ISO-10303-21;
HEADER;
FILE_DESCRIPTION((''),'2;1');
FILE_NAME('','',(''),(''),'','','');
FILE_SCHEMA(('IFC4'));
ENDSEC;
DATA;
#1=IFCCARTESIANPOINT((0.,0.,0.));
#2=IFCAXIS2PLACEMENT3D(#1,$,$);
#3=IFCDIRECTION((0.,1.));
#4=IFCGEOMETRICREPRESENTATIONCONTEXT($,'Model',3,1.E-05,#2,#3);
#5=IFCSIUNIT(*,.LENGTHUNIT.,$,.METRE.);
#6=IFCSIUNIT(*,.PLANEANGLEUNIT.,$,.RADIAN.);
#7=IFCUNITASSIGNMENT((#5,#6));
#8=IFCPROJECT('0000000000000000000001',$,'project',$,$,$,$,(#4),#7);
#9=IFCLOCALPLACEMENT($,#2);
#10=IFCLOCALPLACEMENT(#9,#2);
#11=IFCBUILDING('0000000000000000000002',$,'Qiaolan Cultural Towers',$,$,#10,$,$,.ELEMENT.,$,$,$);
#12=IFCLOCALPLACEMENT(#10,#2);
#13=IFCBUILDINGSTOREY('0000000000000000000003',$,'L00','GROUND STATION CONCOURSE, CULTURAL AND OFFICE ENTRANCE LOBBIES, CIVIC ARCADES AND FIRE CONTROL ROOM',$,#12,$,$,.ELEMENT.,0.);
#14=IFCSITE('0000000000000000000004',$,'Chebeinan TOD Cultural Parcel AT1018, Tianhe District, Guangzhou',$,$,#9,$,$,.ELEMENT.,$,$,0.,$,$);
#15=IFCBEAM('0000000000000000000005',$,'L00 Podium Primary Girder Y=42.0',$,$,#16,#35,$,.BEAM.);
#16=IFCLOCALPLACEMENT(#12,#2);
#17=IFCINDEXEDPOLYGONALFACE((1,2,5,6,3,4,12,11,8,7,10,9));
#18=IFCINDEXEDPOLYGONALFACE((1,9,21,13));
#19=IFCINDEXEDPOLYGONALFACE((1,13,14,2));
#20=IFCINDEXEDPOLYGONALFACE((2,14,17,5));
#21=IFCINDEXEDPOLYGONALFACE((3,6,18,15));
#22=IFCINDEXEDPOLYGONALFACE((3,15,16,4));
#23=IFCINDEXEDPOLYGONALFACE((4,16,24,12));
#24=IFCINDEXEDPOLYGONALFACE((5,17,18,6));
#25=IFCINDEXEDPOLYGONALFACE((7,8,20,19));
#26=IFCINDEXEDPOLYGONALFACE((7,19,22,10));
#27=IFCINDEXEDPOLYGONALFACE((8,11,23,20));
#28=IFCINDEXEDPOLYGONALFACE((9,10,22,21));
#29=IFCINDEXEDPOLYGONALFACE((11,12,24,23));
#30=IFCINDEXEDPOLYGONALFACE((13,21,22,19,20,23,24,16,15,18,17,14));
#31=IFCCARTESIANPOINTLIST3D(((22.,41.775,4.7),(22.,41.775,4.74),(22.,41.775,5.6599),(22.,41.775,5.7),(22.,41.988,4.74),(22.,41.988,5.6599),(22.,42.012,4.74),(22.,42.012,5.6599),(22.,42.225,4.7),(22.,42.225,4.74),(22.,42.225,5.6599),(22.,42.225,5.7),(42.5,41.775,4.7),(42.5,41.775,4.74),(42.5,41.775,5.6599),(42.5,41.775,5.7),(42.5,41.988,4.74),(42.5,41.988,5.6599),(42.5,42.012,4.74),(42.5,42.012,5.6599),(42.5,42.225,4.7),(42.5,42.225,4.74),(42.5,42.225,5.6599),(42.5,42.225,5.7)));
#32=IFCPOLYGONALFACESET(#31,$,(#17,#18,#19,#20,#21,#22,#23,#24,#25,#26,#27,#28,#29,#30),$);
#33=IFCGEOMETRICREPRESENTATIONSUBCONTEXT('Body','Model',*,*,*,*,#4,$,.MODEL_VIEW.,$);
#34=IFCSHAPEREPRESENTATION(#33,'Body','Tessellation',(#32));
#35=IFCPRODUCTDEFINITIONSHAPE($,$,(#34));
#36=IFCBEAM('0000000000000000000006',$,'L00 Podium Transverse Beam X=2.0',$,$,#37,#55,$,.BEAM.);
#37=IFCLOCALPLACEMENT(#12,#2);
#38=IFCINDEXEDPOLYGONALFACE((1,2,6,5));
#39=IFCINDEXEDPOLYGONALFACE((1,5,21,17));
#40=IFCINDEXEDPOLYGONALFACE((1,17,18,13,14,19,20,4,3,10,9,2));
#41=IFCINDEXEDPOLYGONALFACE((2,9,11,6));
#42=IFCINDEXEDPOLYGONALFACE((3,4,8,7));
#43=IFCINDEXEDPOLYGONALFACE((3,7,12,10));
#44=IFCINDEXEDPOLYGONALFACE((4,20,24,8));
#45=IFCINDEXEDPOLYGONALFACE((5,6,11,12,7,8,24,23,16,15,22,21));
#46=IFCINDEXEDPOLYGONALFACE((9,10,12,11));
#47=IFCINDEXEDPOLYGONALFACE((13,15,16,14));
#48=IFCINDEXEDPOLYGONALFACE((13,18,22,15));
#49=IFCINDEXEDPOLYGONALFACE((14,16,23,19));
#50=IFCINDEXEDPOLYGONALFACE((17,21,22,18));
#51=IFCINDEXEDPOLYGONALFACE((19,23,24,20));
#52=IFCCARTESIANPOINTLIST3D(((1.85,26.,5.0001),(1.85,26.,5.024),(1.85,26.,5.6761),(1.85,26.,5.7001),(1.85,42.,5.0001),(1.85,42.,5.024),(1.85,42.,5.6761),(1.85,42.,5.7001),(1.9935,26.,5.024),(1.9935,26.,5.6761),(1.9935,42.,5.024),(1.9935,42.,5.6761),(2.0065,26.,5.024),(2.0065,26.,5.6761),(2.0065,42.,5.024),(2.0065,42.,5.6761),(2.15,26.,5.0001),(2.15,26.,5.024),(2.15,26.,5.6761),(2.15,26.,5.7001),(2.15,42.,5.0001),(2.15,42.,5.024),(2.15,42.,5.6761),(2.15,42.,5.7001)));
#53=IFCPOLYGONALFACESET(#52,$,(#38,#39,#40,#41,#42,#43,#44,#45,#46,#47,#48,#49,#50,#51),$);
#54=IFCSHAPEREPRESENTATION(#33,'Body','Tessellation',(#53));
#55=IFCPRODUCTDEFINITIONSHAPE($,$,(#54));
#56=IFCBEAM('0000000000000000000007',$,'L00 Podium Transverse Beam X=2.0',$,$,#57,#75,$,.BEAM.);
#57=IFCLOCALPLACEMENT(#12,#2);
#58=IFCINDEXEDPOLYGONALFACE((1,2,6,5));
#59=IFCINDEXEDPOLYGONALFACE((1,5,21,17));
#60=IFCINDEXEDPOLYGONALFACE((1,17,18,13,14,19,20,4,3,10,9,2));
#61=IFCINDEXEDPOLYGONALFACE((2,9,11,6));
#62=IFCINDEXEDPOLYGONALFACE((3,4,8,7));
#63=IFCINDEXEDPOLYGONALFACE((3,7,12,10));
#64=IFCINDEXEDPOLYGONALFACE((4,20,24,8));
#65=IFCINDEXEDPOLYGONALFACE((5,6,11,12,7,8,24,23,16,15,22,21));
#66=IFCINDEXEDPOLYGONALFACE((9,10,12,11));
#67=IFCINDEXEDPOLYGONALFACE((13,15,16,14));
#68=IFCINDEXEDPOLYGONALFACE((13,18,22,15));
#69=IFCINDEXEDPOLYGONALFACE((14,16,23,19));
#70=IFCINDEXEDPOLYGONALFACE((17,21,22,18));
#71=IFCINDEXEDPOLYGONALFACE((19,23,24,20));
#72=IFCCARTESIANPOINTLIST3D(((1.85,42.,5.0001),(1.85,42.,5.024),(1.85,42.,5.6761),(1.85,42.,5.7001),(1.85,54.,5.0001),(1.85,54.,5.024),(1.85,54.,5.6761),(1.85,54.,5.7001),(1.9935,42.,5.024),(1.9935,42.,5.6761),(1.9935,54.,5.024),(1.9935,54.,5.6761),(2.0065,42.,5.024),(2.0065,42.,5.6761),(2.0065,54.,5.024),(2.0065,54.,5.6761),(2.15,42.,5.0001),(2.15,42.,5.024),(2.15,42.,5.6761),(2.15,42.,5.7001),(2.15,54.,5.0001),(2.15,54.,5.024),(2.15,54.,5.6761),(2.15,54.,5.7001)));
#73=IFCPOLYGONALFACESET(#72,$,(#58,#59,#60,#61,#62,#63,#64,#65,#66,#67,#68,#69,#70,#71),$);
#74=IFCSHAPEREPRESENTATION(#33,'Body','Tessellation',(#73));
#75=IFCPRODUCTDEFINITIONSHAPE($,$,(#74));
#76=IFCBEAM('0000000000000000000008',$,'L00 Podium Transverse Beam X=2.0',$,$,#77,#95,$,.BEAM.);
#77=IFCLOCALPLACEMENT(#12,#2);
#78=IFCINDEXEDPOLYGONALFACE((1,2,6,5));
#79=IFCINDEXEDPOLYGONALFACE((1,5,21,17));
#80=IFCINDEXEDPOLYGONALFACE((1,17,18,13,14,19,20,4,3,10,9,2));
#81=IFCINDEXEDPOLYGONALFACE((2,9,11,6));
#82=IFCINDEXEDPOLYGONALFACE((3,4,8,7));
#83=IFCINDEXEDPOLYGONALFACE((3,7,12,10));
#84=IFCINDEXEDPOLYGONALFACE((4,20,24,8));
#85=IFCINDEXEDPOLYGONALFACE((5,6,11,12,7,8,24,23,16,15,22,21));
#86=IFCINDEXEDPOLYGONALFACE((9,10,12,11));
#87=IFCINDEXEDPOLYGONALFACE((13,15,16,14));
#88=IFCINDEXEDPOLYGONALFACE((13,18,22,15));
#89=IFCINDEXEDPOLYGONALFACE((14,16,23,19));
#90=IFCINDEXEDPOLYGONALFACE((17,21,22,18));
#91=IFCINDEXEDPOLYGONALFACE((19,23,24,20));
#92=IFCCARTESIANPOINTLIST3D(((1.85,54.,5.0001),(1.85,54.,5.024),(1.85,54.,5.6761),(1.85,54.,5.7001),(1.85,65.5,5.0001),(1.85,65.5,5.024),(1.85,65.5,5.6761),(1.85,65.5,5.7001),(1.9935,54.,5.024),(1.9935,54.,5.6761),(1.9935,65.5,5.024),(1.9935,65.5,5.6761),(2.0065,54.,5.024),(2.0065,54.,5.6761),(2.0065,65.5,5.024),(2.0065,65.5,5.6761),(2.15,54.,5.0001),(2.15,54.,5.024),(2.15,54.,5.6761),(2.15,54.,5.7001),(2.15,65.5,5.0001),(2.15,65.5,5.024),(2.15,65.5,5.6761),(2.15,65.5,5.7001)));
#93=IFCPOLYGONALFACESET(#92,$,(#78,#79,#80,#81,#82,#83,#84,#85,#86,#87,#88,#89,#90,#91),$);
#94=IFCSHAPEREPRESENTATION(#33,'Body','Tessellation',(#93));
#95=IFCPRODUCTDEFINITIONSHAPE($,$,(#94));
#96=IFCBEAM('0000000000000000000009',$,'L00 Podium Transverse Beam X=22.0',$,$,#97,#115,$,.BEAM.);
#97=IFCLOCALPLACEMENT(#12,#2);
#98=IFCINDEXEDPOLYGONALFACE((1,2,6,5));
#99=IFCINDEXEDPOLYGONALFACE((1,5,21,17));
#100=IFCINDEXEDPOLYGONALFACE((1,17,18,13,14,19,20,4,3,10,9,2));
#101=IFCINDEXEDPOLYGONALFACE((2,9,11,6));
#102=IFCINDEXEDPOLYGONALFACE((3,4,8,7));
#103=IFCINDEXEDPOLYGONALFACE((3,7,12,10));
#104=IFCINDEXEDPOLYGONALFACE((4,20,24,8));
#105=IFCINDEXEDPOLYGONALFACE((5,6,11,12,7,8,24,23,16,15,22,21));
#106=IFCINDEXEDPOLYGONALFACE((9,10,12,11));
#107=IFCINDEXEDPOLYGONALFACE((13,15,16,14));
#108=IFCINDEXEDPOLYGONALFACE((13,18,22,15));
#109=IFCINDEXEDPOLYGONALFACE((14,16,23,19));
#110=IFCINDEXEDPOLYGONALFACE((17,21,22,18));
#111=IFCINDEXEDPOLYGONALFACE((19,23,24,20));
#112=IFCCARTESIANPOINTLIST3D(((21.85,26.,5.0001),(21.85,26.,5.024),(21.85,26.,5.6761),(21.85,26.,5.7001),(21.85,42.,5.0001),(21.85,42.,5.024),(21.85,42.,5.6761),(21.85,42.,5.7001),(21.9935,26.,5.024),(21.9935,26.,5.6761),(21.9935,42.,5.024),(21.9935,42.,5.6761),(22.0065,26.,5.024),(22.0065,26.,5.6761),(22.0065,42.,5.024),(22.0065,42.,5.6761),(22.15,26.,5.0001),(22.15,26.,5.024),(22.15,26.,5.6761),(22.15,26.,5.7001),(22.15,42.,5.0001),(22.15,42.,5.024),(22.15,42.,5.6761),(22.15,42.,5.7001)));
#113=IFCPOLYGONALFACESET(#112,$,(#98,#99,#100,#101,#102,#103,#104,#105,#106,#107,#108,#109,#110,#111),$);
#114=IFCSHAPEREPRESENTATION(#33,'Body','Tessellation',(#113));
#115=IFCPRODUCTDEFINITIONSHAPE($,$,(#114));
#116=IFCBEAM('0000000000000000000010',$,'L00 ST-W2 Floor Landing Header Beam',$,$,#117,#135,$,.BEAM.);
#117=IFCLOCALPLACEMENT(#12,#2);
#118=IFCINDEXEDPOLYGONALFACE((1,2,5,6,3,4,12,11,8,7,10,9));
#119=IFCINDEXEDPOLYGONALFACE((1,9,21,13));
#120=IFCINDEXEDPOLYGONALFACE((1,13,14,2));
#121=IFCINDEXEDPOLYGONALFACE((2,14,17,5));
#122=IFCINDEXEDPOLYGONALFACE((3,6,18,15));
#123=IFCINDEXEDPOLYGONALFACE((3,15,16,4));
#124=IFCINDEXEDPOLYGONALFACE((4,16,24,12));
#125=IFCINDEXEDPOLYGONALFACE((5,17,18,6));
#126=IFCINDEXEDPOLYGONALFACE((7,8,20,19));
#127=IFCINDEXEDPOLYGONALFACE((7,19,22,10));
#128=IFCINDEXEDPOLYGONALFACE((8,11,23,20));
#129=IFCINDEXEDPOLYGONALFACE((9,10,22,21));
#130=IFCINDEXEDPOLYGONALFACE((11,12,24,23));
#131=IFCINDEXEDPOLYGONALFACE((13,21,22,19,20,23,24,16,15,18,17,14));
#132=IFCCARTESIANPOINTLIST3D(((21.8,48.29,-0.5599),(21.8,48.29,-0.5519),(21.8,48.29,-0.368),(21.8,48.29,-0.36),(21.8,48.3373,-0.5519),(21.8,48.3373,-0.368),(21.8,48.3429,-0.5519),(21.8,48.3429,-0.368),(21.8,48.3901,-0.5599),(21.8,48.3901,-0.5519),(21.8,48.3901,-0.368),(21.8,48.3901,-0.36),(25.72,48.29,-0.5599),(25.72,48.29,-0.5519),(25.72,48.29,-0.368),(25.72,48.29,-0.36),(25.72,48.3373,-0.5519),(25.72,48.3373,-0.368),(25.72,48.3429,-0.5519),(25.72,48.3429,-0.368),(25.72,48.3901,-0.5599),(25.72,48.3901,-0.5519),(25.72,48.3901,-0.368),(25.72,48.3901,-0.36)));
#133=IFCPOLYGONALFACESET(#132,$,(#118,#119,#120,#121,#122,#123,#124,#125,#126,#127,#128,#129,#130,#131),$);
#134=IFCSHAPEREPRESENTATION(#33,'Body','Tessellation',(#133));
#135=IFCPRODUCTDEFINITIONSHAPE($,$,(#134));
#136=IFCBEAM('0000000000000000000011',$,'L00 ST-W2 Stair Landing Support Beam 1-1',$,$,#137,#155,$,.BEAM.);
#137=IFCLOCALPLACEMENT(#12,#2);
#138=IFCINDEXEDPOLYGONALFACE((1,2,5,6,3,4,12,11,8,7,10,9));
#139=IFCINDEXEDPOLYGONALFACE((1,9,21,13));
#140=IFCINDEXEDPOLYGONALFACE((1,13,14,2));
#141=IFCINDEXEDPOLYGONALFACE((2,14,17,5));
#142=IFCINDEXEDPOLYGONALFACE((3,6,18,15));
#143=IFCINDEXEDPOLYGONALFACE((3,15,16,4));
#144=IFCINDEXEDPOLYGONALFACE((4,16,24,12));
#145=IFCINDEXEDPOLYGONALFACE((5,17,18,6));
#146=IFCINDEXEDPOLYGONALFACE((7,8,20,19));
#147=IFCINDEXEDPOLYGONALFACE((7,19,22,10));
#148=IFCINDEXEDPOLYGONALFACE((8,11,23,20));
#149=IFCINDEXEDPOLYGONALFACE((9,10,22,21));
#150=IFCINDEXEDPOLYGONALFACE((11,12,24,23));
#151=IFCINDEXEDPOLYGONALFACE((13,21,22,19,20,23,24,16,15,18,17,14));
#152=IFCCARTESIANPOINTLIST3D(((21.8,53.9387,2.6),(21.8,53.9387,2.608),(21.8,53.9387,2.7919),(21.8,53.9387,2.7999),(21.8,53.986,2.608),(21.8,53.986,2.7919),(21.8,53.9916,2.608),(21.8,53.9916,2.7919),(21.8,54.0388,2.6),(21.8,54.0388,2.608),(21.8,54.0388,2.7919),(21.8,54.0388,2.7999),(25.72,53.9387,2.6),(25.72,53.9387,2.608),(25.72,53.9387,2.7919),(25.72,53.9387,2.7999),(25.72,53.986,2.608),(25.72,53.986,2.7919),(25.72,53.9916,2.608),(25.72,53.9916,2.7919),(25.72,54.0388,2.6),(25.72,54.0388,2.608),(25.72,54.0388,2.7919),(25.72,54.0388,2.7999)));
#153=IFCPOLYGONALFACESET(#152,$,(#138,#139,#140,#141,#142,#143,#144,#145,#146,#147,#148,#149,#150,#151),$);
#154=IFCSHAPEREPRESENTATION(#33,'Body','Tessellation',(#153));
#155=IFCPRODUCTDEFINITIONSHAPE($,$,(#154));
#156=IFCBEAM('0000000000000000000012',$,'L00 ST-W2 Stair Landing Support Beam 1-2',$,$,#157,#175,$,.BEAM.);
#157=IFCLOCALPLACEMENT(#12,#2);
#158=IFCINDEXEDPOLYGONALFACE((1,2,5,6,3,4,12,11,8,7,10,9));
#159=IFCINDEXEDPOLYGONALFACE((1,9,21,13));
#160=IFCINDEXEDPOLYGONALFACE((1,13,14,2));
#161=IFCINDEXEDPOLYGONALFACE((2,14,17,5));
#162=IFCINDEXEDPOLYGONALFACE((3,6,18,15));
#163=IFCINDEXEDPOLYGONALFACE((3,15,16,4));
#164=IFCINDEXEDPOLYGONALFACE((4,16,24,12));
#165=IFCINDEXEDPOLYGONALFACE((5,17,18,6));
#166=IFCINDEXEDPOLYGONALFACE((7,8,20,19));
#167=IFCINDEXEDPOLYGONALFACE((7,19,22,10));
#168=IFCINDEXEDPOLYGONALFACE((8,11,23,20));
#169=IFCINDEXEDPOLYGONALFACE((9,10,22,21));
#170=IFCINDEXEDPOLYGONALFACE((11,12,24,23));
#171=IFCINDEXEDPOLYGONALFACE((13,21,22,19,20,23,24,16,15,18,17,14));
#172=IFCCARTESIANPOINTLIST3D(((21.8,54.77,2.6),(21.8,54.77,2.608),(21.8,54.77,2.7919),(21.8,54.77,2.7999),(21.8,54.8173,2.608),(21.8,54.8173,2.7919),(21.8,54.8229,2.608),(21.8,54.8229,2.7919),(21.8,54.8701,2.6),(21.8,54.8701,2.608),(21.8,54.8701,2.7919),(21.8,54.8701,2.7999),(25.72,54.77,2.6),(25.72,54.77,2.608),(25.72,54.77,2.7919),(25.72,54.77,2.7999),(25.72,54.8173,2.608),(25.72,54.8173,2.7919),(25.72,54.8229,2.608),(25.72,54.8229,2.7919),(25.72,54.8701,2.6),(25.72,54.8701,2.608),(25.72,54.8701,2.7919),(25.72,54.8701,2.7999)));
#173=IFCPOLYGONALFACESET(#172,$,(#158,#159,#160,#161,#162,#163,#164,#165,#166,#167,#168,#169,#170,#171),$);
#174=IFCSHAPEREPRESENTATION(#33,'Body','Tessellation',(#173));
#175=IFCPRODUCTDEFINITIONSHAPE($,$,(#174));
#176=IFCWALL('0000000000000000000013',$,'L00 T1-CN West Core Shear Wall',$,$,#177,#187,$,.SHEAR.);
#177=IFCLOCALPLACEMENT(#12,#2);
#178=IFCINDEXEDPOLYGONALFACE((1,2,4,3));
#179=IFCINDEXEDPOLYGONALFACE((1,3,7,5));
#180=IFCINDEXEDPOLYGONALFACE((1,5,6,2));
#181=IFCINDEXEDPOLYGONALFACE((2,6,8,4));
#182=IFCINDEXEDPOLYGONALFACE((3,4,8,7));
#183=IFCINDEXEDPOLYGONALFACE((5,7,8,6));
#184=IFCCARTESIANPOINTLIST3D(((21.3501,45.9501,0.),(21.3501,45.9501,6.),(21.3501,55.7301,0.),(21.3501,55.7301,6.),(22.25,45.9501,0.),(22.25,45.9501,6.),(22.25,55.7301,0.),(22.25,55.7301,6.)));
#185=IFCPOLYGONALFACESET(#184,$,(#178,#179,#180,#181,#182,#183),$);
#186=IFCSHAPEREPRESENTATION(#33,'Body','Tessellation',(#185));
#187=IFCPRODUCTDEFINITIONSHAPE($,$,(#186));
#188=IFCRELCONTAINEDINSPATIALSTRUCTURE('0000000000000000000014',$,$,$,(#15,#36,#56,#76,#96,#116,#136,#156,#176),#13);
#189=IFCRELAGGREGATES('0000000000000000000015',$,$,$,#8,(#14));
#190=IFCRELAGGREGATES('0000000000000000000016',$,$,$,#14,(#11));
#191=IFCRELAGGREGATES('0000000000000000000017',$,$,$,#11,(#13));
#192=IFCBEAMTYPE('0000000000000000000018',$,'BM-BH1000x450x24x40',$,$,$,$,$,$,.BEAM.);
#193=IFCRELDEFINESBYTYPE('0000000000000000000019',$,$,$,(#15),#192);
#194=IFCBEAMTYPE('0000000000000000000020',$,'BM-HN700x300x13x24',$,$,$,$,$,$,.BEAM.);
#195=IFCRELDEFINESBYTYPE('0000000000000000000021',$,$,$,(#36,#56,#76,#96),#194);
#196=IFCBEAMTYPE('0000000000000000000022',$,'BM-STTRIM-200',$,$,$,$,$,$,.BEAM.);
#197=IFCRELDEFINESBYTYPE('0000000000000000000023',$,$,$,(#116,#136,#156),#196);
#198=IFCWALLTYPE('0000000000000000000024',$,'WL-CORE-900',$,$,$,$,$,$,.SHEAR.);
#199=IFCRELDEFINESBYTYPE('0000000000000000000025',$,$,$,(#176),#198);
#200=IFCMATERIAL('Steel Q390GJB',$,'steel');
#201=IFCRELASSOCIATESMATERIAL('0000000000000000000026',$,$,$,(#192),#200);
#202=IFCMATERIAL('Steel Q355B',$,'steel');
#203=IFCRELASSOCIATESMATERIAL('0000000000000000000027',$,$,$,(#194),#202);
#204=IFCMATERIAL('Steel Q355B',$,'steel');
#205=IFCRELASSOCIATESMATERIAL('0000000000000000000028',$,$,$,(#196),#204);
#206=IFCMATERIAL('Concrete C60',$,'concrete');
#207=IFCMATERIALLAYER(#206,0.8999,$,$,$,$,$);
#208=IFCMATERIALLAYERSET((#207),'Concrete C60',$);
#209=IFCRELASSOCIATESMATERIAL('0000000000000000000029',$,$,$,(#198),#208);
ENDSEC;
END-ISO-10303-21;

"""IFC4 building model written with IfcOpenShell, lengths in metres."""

from ifc_helpers import new_model, si_unit, direction, frame, frame_2d, origin, origin_2d, place, context, subcontext, project, spatial, rectangle, i_section, extrude, material, layer, layer_set, material_profile, profile_set, type_object, element, save


model = new_model("IFC4")

# Units and contexts
model_context = context("Model", 3, precision=1e-05, world=origin(), true_north=direction((0.0, 1.0)))
body_context = subcontext(model_context, "Body", "Model", "MODEL_VIEW")
ifc_project = project(units=[si_unit("LENGTHUNIT", "METRE"), si_unit("PLANEANGLEUNIT", "RADIAN")], contexts=[model_context])

# Site, building, storey
site_placement = place(None, origin())
site = spatial("IfcSite", under=ifc_project, at=site_placement, Name="Chebeinan TOD Cultural Parcel AT1018, Tianhe District, Guangzhou", CompositionType="ELEMENT", RefElevation=0.0)
building_placement = place(site_placement, origin())
building = spatial("IfcBuilding", under=site, at=building_placement, Name="Qiaolan Cultural Towers", CompositionType="ELEMENT")
storey_placement = place(building_placement, origin())
storey = spatial("IfcBuildingStorey", under=building, at=storey_placement, Name="L00", Description="GROUND STATION CONCOURSE, CULTURAL AND OFFICE ENTRANCE LOBBIES, CIVIC ARCADES AND FIRE CONTROL ROOM", CompositionType="ELEMENT", Elevation=0.0)

# Beams
ifc_material_1 = material(Name="Steel Q390GJB", Category="steel")
ifc_material_profile_1 = material_profile(ifc_material_1, i_section(OverallWidth=0.45, OverallDepth=1.0, WebThickness=0.0239, FlangeThickness=0.04, at=origin_2d()), Name="BH1000x450x24x40")
ifc_profile_set_1 = profile_set([ifc_material_profile_1], Name="Steel Q390GJB")
beam_type_1 = type_object("IfcBeamType", Name="BM-BH1000x450x24x40", PredefinedType="BEAM", material=ifc_profile_set_1)
beam_1_placement = place(storey_placement, frame((22.0, 42.0, 5.2), z_axis=(1.0, 0.0, 0.0), x_axis=(0.0, 1.0, 0.0)))
element("IfcBeam", 1, at=beam_1_placement, inside=storey, type_object=beam_type_1, Name="L00 Podium Primary Girder Y=42.0", PredefinedType="BEAM", context=body_context, shape_type="SweptSolid", body=[
    extrude(i_section(OverallWidth=0.45, OverallDepth=1.0, WebThickness=0.0239, FlangeThickness=0.04, at=origin_2d()), origin(), (0.0, 0.0, 1.0), 20.5),
])
ifc_material_2 = material(Name="Steel Q355B", Category="steel")
ifc_material_profile_2 = material_profile(ifc_material_2, i_section(OverallWidth=0.3, OverallDepth=0.7, WebThickness=0.0129, FlangeThickness=0.0239, at=origin_2d()), Name="HN700x300x13x24")
ifc_profile_set_2 = profile_set([ifc_material_profile_2], Name="Steel Q355B")
beam_type_2 = type_object("IfcBeamType", Name="BM-HN700x300x13x24", PredefinedType="BEAM", material=ifc_profile_set_2)
beam_2_placement = place(storey_placement, frame((2.0, 26.0, 5.3501), z_axis=(0.0, 1.0, 0.0), x_axis=(-1.0, 0.0, 0.0)))
element("IfcBeam", 2, at=beam_2_placement, inside=storey, type_object=beam_type_2, Name="L00 Podium Transverse Beam X=2.0", PredefinedType="BEAM", context=body_context, shape_type="SweptSolid", body=[
    extrude(i_section(OverallWidth=0.3, OverallDepth=0.7, WebThickness=0.0129, FlangeThickness=0.0239, at=origin_2d()), origin(), (0.0, 0.0, 1.0), 16.0),
])
beam_3_placement = place(storey_placement, frame((2.0, 42.0, 5.3501), z_axis=(0.0, 1.0, 0.0), x_axis=(-1.0, 0.0, 0.0)))
element("IfcBeam", 3, at=beam_3_placement, inside=storey, type_object=beam_type_2, Name="L00 Podium Transverse Beam X=2.0", PredefinedType="BEAM", context=body_context, shape_type="SweptSolid", body=[
    extrude(i_section(OverallWidth=0.3, OverallDepth=0.7, WebThickness=0.0129, FlangeThickness=0.0239, at=origin_2d()), origin(), (0.0, 0.0, 1.0), 12.0),
])
beam_4_placement = place(storey_placement, frame((2.0, 54.0, 5.3501), z_axis=(0.0, 1.0, 0.0), x_axis=(-1.0, 0.0, 0.0)))
element("IfcBeam", 4, at=beam_4_placement, inside=storey, type_object=beam_type_2, Name="L00 Podium Transverse Beam X=2.0", PredefinedType="BEAM", context=body_context, shape_type="SweptSolid", body=[
    extrude(i_section(OverallWidth=0.3, OverallDepth=0.7, WebThickness=0.0129, FlangeThickness=0.0239, at=origin_2d()), origin(), (0.0, 0.0, 1.0), 11.5),
])
beam_5_placement = place(storey_placement, frame((22.0, 26.0, 5.3501), z_axis=(0.0, 1.0, 0.0), x_axis=(-1.0, 0.0, 0.0)))
element("IfcBeam", 5, at=beam_5_placement, inside=storey, type_object=beam_type_2, Name="L00 Podium Transverse Beam X=22.0", PredefinedType="BEAM", context=body_context, shape_type="SweptSolid", body=[
    extrude(i_section(OverallWidth=0.3, OverallDepth=0.7, WebThickness=0.0129, FlangeThickness=0.0239, at=origin_2d()), origin(), (0.0, 0.0, 1.0), 16.0),
])
ifc_material_3 = material(Name="Steel Q355B", Category="steel")
ifc_material_profile_3 = material_profile(ifc_material_3, i_section(OverallWidth=0.1001, OverallDepth=0.2, WebThickness=0.0056, FlangeThickness=0.0081, at=origin_2d()), Name="HN200x100x5.5x8")
ifc_profile_set_3 = profile_set([ifc_material_profile_3], Name="Steel Q355B")
beam_type_3 = type_object("IfcBeamType", Name="BM-STTRIM-200", PredefinedType="BEAM", material=ifc_profile_set_3)
for number, where, z_axis, x_axis, name in (
    (6, (21.8, 48.3401, -0.46), (1.0, 0.0, 0.0), (0.0, 1.0, 0.0), "L00 ST-W2 Floor Landing Header Beam"),
    (7, (21.8, 53.9888, 2.7), (1.0, 0.0, 0.0), (0.0, 1.0, 0.0), "L00 ST-W2 Stair Landing Support Beam 1-1"),
    (8, (21.8, 54.8201, 2.7), (1.0, 0.0, 0.0), (0.0, 1.0, 0.0), "L00 ST-W2 Stair Landing Support Beam 1-2"),
):
    element("IfcBeam", number, at=place(storey_placement, frame(where, z_axis=z_axis, x_axis=x_axis)), inside=storey, type_object=beam_type_3, Name=name, PredefinedType="BEAM", context=body_context, shape_type="SweptSolid", body=[
        extrude(i_section(OverallWidth=0.1001, OverallDepth=0.2, WebThickness=0.0056, FlangeThickness=0.0081, at=origin_2d()), origin(), (0.0, 0.0, 1.0), 3.9199),
    ])

# Wall
ifc_material_4 = material(Name="Concrete C60", Category="concrete")
ifc_layer_1 = layer(ifc_material_4, 0.8999)
ifc_layer_set_1 = layer_set([ifc_layer_1], Name="Concrete C60")
wall_type_1 = type_object("IfcWallType", Name="WL-CORE-900", PredefinedType="SHEAR", material=ifc_layer_set_1)
wall_1_placement = place(storey_placement, frame((21.8, 45.95, 0.0), z_axis=(0.0, 0.0, 1.0), x_axis=(0.0, 1.0, 0.0)))
element("IfcWall", 9, at=wall_1_placement, inside=storey, type_object=wall_type_1, Name="L00 T1-CN West Core Shear Wall", PredefinedType="SHEAR", context=body_context, shape_type="SweptSolid", body=[
    extrude(rectangle(XDim=9.78, YDim=0.8999, at=frame_2d((4.8901, 0.0))), origin(), (0.0, 0.0, 1.0), 6.0),
])

save(model, "model.ifc")
